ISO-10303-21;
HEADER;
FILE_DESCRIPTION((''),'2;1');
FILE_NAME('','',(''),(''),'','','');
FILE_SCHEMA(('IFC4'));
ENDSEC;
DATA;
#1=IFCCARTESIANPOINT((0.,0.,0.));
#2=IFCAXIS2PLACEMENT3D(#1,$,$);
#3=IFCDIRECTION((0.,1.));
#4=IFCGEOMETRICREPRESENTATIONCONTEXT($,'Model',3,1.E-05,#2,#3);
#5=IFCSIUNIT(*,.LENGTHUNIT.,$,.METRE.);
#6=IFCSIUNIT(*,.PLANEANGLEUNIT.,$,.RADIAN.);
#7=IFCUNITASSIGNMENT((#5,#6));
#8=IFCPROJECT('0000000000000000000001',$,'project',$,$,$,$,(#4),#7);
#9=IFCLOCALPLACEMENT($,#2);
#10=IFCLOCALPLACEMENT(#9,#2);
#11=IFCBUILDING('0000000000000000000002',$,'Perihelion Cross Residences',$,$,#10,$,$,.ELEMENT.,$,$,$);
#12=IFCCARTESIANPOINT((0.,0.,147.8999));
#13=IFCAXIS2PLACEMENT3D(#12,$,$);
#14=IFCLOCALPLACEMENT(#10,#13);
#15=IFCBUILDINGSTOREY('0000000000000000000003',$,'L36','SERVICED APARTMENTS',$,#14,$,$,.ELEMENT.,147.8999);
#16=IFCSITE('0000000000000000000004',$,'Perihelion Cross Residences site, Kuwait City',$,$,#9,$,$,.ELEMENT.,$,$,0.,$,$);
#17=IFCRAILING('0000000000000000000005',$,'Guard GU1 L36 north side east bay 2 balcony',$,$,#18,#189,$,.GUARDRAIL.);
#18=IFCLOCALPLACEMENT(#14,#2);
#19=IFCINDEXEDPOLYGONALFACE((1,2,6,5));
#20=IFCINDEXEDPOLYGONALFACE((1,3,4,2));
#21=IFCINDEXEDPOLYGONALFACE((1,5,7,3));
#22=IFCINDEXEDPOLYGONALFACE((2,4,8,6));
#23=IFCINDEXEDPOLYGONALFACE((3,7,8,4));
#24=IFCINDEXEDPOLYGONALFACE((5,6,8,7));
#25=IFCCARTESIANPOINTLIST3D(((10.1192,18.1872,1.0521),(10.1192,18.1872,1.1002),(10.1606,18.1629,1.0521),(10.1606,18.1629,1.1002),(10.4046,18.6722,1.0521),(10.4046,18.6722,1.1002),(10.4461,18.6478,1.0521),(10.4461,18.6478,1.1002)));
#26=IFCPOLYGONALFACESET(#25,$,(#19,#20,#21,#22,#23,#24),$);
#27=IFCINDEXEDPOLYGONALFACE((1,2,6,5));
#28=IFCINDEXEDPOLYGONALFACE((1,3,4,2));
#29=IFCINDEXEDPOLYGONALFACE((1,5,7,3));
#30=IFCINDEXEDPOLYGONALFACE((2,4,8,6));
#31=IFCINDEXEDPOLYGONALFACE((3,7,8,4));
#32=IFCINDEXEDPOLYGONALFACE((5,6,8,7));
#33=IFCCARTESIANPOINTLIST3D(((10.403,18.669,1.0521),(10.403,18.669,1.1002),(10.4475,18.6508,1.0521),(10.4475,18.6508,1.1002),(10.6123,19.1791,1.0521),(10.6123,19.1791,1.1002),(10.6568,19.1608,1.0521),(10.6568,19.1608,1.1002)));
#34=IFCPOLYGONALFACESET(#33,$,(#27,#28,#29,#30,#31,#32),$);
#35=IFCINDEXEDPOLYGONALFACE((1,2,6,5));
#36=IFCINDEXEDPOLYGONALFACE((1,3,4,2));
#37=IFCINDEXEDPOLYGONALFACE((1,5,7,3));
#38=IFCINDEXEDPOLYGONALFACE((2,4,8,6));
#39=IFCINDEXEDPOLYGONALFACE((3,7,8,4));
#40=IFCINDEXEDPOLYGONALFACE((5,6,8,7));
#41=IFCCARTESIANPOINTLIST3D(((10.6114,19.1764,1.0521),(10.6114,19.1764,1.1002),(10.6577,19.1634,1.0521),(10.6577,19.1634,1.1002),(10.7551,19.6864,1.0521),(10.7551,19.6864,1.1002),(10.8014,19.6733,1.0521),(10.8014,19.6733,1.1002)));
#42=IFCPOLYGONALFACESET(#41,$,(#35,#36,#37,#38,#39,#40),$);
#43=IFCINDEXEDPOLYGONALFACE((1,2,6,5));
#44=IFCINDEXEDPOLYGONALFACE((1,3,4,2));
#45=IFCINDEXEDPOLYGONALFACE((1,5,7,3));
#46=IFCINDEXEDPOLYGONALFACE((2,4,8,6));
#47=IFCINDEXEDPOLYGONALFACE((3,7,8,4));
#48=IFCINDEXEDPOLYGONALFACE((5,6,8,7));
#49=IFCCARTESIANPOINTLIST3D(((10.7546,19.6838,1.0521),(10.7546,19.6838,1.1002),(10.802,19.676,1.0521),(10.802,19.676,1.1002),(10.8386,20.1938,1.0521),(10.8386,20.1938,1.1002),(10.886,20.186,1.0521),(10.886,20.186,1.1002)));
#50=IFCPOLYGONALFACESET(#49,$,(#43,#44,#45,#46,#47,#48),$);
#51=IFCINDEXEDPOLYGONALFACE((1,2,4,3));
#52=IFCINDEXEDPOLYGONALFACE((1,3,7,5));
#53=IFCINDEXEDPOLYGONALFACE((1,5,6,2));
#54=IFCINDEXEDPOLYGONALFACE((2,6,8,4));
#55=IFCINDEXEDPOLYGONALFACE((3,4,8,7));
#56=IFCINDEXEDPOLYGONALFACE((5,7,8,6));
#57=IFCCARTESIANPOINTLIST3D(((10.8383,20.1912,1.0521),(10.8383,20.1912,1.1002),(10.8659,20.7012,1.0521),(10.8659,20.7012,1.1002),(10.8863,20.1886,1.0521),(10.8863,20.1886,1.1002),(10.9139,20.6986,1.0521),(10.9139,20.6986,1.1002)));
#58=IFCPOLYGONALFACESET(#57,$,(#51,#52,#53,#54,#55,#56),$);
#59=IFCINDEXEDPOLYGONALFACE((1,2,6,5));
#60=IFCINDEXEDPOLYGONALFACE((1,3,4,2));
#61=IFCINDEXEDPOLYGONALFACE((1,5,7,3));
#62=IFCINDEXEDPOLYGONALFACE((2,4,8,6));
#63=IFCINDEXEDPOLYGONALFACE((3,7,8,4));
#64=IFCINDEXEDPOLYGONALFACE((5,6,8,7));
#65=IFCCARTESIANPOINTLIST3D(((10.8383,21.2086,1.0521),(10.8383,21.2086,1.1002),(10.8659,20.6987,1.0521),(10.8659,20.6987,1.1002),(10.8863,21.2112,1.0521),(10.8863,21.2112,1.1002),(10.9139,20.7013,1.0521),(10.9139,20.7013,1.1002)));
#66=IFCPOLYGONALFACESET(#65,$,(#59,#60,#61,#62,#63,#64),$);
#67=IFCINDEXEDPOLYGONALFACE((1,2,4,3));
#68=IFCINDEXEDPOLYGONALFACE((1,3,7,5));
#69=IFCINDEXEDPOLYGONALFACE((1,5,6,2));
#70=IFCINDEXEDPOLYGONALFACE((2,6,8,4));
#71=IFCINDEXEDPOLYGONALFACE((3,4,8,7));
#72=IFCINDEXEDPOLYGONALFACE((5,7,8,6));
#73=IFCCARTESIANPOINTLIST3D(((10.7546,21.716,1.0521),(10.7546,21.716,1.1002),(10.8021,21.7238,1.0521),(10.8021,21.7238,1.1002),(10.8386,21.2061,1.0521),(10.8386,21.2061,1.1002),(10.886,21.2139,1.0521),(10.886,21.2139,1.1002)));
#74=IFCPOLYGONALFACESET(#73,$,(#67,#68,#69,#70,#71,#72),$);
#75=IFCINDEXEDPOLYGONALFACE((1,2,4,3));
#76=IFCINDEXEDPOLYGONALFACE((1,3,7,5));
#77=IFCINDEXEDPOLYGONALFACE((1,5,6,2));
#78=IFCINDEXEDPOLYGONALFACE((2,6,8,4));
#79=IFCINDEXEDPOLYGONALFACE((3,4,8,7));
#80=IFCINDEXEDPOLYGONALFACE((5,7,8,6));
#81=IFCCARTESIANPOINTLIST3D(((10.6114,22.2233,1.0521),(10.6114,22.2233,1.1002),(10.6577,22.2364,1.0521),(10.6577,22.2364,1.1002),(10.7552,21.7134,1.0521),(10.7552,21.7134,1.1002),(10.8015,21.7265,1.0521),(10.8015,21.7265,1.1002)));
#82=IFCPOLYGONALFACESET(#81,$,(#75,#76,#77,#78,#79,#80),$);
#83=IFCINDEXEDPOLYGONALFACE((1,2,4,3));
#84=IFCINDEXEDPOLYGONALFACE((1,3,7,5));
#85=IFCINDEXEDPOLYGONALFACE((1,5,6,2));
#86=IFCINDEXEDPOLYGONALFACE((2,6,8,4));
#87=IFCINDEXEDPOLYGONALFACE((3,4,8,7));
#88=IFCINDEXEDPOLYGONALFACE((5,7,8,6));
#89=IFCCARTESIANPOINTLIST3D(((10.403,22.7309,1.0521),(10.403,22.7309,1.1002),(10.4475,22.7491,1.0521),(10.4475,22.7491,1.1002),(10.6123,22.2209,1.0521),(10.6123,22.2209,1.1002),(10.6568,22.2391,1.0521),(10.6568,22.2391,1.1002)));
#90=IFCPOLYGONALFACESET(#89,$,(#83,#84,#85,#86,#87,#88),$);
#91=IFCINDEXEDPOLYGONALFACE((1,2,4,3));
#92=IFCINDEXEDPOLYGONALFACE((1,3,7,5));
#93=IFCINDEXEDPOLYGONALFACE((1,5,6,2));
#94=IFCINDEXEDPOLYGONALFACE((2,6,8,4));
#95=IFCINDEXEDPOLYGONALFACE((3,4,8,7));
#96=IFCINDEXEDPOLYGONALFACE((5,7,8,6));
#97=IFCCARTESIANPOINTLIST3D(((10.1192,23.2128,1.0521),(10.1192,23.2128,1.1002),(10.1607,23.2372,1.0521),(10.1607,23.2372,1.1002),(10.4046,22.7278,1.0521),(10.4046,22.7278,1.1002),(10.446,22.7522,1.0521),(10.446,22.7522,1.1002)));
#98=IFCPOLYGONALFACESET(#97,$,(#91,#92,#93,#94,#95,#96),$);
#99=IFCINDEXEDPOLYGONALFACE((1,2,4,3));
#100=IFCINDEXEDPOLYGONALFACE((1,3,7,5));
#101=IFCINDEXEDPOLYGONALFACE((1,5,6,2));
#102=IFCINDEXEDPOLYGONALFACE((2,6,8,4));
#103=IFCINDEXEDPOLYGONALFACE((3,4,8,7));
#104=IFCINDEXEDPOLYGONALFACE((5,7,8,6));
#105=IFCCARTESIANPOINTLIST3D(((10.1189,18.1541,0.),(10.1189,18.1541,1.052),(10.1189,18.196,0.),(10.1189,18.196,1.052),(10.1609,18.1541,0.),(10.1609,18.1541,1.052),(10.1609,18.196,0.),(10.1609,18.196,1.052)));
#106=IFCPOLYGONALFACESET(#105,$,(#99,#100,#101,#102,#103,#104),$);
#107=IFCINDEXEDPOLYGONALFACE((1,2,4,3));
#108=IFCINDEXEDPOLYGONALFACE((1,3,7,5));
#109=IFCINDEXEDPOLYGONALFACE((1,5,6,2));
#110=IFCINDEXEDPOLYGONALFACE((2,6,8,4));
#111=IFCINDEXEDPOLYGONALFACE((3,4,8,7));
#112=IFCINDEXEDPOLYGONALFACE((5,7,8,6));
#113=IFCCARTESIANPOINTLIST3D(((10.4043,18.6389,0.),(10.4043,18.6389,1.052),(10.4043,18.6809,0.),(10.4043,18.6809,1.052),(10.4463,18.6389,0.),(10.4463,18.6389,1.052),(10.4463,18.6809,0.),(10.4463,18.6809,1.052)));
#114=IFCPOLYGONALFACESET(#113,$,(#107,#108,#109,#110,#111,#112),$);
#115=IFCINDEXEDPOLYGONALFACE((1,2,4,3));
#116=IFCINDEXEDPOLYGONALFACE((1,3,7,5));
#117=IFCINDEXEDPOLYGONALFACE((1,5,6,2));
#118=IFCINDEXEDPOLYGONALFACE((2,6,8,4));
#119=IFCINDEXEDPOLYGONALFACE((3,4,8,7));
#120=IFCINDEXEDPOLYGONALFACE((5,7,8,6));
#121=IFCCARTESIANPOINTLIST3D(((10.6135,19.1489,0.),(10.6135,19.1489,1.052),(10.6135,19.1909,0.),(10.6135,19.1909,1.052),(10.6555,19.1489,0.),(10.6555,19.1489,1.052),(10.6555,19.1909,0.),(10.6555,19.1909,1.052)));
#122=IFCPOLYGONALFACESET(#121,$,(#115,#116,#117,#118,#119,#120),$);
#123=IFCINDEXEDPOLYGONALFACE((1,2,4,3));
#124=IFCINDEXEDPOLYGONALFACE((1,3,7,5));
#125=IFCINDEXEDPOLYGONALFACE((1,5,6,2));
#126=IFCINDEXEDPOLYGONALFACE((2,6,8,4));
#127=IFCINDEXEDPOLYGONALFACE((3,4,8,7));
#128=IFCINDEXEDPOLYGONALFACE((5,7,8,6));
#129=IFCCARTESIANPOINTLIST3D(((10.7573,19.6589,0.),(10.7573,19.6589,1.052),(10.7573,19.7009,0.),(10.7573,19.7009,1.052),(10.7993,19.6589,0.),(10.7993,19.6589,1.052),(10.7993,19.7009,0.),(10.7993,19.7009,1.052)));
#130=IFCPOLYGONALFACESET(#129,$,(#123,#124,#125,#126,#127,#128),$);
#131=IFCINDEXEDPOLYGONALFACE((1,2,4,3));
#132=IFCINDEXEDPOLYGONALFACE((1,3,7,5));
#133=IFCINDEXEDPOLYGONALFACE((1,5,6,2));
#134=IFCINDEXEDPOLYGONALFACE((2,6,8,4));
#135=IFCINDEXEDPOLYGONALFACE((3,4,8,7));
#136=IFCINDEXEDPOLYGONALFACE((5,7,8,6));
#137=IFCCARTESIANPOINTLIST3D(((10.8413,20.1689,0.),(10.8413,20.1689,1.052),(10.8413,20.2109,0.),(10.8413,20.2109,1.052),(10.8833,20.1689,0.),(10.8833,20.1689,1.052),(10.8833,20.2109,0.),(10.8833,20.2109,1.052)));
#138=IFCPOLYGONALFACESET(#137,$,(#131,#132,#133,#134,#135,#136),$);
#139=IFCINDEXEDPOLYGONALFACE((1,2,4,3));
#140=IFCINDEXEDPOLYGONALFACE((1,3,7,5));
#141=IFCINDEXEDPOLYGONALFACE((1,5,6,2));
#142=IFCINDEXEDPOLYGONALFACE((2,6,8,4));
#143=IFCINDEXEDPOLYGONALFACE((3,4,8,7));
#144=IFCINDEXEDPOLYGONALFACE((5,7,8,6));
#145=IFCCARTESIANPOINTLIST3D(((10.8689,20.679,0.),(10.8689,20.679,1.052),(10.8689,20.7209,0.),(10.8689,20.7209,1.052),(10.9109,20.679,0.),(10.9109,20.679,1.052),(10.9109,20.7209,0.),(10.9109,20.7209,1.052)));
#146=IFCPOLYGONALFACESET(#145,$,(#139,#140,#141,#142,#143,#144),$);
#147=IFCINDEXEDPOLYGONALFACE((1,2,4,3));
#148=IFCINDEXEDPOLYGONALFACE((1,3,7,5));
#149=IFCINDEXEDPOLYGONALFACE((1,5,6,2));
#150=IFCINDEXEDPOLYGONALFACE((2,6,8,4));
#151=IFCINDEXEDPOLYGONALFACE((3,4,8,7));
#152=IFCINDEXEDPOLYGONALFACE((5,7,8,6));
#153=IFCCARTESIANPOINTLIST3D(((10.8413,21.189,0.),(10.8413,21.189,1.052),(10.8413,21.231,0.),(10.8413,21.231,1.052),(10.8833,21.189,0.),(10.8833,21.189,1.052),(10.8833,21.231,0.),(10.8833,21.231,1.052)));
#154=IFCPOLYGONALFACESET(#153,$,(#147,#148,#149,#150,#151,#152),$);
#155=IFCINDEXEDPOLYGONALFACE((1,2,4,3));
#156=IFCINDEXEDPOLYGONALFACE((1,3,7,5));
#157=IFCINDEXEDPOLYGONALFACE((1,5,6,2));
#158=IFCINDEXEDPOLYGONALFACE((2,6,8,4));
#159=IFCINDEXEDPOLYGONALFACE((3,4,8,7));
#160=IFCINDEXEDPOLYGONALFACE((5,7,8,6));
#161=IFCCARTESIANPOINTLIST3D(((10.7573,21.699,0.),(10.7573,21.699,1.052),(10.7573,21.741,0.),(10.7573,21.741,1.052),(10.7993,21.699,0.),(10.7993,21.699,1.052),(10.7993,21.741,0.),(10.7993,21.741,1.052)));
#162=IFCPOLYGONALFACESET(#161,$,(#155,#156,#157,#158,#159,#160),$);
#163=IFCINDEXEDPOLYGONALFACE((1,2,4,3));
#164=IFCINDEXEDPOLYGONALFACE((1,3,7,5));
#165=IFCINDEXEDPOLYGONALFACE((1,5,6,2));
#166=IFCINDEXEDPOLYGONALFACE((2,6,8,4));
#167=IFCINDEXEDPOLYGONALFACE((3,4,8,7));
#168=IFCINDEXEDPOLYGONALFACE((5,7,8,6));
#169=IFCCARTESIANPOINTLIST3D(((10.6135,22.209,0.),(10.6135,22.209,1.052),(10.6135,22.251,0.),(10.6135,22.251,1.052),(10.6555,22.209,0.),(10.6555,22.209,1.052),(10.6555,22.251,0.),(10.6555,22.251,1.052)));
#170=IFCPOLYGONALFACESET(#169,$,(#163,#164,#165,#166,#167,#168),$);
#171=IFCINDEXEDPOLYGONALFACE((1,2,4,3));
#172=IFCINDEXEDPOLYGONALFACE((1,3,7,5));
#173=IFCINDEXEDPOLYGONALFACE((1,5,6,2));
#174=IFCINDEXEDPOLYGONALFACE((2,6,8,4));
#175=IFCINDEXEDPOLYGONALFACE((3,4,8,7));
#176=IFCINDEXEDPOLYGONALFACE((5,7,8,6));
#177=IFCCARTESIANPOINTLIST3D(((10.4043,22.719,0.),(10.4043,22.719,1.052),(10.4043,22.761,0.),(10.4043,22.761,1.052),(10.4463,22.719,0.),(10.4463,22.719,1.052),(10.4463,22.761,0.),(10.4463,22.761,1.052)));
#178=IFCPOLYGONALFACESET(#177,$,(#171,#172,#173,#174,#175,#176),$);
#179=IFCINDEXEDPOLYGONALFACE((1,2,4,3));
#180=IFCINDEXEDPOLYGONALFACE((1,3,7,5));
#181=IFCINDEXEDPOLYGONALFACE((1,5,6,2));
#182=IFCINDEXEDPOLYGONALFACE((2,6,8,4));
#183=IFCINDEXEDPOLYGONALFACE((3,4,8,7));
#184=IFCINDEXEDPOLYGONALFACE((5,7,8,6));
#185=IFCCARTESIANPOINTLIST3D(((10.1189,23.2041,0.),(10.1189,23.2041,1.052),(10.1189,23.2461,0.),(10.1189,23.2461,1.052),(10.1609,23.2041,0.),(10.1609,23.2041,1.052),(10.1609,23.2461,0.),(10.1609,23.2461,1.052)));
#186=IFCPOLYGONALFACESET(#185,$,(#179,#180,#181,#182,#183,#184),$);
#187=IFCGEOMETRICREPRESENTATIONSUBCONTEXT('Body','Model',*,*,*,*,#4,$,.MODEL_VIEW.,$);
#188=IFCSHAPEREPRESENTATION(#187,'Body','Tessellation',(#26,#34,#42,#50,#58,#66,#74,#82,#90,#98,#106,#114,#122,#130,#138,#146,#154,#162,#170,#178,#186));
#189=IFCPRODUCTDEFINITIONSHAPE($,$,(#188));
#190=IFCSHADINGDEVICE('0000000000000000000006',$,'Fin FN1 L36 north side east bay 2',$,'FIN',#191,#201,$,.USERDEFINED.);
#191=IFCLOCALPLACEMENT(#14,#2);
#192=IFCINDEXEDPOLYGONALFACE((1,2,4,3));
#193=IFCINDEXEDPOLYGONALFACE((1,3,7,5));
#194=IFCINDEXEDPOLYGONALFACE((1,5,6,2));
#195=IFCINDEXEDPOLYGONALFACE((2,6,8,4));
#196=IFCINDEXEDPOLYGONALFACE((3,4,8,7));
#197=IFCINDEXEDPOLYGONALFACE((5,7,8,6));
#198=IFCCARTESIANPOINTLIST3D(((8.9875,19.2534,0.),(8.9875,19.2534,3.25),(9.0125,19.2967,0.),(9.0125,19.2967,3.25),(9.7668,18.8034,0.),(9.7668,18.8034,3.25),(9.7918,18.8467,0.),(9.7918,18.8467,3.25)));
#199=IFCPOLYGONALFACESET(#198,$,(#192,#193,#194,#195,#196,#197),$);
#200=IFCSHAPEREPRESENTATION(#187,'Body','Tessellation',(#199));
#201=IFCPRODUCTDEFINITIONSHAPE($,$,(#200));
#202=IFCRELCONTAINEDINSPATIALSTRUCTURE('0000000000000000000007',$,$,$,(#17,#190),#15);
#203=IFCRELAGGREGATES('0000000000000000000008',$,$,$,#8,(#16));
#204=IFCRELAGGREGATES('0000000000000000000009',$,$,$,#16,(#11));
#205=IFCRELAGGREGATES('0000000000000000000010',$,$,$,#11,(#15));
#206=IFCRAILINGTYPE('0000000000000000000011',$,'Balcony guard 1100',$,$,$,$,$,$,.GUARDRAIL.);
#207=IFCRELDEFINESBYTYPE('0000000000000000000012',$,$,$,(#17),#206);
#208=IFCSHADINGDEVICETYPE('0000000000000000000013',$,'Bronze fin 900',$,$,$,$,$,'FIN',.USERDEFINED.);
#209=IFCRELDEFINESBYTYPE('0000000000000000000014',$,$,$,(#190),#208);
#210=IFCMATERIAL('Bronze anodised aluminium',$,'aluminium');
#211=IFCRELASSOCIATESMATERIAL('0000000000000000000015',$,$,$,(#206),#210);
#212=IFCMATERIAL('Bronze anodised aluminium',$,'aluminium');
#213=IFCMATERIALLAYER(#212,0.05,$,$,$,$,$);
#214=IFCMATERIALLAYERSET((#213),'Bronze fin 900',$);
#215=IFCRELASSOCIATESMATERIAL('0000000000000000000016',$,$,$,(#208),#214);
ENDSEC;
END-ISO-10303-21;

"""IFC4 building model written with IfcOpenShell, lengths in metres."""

from ifc_helpers import new_model, si_unit, direction, frame, origin, origin_2d, place, context, subcontext, project, spatial, rectangle, extrude, material, layer, layer_set, type_object, element, save


model = new_model("IFC4")

# Units and contexts
model_context = context("Model", 3, precision=1e-05, world=origin(), true_north=direction((0.0, 1.0)))
body_context = subcontext(model_context, "Body", "Model", "MODEL_VIEW")
ifc_project = project(units=[si_unit("LENGTHUNIT", "METRE"), si_unit("PLANEANGLEUNIT", "RADIAN")], contexts=[model_context])

# Site, building, storey
site_placement = place(None, origin())
site = spatial("IfcSite", under=ifc_project, at=site_placement, Name="Perihelion Cross Residences site, Kuwait City", CompositionType="ELEMENT", RefElevation=0.0)
building_placement = place(site_placement, origin())
building = spatial("IfcBuilding", under=site, at=building_placement, Name="Perihelion Cross Residences", CompositionType="ELEMENT")
storey_placement = place(building_placement, frame((0.0, 0.0, 147.8999)))
storey = spatial("IfcBuildingStorey", under=building, at=storey_placement, Name="L36", Description="SERVICED APARTMENTS", CompositionType="ELEMENT", Elevation=147.8999)

# Railing
ifc_material_1 = material(Name="Bronze anodised aluminium", Category="aluminium")
railing_type = type_object("IfcRailingType", Name="Balcony guard 1100", PredefinedType="GUARDRAIL", material=ifc_material_1)
railing_1_placement = place(storey_placement, frame((10.1399, 18.175, 0.0)))
element("IfcRailing", 1, at=railing_1_placement, inside=storey, type_object=railing_type, Name="Guard GU1 L36 north side east bay 2 balcony", PredefinedType="GUARDRAIL", context=body_context, shape_type="SweptSolid", body=[
    extrude(rectangle(XDim=0.0481, YDim=0.0481, at=origin_2d()), frame((0.0, 0.0, 1.0762), z_axis=(0.507267, 0.861789, 0.0), x_axis=(-0.861789, 0.507267, 0.0)), (0.0, 0.0, 1.0), 0.5627),
    extrude(rectangle(XDim=0.0481, YDim=0.0481, at=origin_2d()), frame((0.2854, 0.4849, 1.0762), z_axis=(0.379547, 0.925173, 0.0), x_axis=(-0.925173, 0.379547, 0.0)), (0.0, 0.0, 1.0), 0.5513),
    extrude(rectangle(XDim=0.0481, YDim=0.0481, at=origin_2d()), frame((0.4946, 0.9949, 1.0762), z_axis=(0.271373, 0.962474, 0.0), x_axis=(-0.962474, 0.271373, 0.0)), (0.0, 0.0, 1.0), 0.5298),
    extrude(rectangle(XDim=0.0481, YDim=0.0481, at=origin_2d()), frame((0.6384, 1.5049, 1.0762), z_axis=(0.162484, 0.986711, 0.0), x_axis=(-0.986711, 0.162484, 0.0)), (0.0, 0.0, 1.0), 0.5168),
    extrude(rectangle(XDim=0.0481, YDim=0.0481, at=origin_2d()), frame((0.7224, 2.0149, 1.0762), z_axis=(0.054014, 0.99854, 0.0), x_axis=(-0.99854, 0.054014, 0.0)), (0.0, 0.0, 1.0), 0.5107),
    extrude(rectangle(XDim=0.0481, YDim=0.0481, at=origin_2d()), frame((0.75, 2.5249, 1.0762), z_axis=(-0.054014, 0.99854, 0.0), x_axis=(-0.99854, -0.054014, 0.0)), (0.0, 0.0, 1.0), 0.5107),
    extrude(rectangle(XDim=0.0481, YDim=0.0481, at=origin_2d()), frame((0.7224, 3.0349, 1.0762), z_axis=(-0.162484, 0.986711, 0.0), x_axis=(-0.986711, -0.162484, 0.0)), (0.0, 0.0, 1.0), 0.5168),
    extrude(rectangle(XDim=0.0481, YDim=0.0481, at=origin_2d()), frame((0.6384, 3.5449, 1.0762), z_axis=(-0.271373, 0.962474, 0.0), x_axis=(-0.962474, -0.271373, 0.0)), (0.0, 0.0, 1.0), 0.5298),
    extrude(rectangle(XDim=0.0481, YDim=0.0481, at=origin_2d()), frame((0.4946, 4.0549, 1.0762), z_axis=(-0.379547, 0.925173, 0.0), x_axis=(-0.925173, -0.379547, 0.0)), (0.0, 0.0, 1.0), 0.5513),
    extrude(rectangle(XDim=0.0481, YDim=0.0481, at=origin_2d()), frame((0.2854, 4.5649, 1.0762), z_axis=(-0.507077, 0.861901, 0.0), x_axis=(-0.861901, -0.507077, 0.0)), (0.0, 0.0, 1.0), 0.5627),
    extrude(rectangle(XDim=0.042, YDim=0.042, at=origin_2d()), origin(), (0.0, 0.0, 1.0), 1.052),
    extrude(rectangle(XDim=0.042, YDim=0.042, at=origin_2d()), frame((0.2854, 0.4849, 0.0)), (0.0, 0.0, 1.0), 1.052),
    extrude(rectangle(XDim=0.042, YDim=0.042, at=origin_2d()), frame((0.4946, 0.9949, 0.0)), (0.0, 0.0, 1.0), 1.052),
    extrude(rectangle(XDim=0.042, YDim=0.042, at=origin_2d()), frame((0.6384, 1.5049, 0.0)), (0.0, 0.0, 1.0), 1.052),
    extrude(rectangle(XDim=0.042, YDim=0.042, at=origin_2d()), frame((0.7224, 2.0149, 0.0)), (0.0, 0.0, 1.0), 1.052),
    extrude(rectangle(XDim=0.042, YDim=0.042, at=origin_2d()), frame((0.75, 2.5249, 0.0)), (0.0, 0.0, 1.0), 1.052),
    extrude(rectangle(XDim=0.042, YDim=0.042, at=origin_2d()), frame((0.7224, 3.0349, 0.0)), (0.0, 0.0, 1.0), 1.052),
    extrude(rectangle(XDim=0.042, YDim=0.042, at=origin_2d()), frame((0.6384, 3.5449, 0.0)), (0.0, 0.0, 1.0), 1.052),
    extrude(rectangle(XDim=0.042, YDim=0.042, at=origin_2d()), frame((0.4946, 4.0549, 0.0)), (0.0, 0.0, 1.0), 1.052),
    extrude(rectangle(XDim=0.042, YDim=0.042, at=origin_2d()), frame((0.2854, 4.5649, 0.0)), (0.0, 0.0, 1.0), 1.052),
    extrude(rectangle(XDim=0.042, YDim=0.042, at=origin_2d()), frame((0.0, 5.05, 0.0)), (0.0, 0.0, 1.0), 1.052),
])

# Shading device
ifc_material_2 = material(Name="Bronze anodised aluminium", Category="aluminium")
ifc_layer_1 = layer(ifc_material_2, 0.05)
ifc_layer_set_1 = layer_set([ifc_layer_1], Name="Bronze fin 900")
shading_device_type = type_object("IfcShadingDeviceType", Name="Bronze fin 900", ElementType="FIN", PredefinedType="USERDEFINED", material=ifc_layer_set_1)
shading_device_placement = place(storey_placement, frame((9.3896, 19.05, 0.0), z_axis=(0.0, 0.0, 1.0), x_axis=(0.866025, -0.5, 0.0)))
element("IfcShadingDevice", 2, at=shading_device_placement, inside=storey, type_object=shading_device_type, Name="Fin FN1 L36 north side east bay 2", ObjectType="FIN", PredefinedType="USERDEFINED", context=body_context, shape_type="SweptSolid", body=[
    extrude(rectangle(XDim=0.8999, YDim=0.05, at=origin_2d()), origin(), (0.0, 0.0, 1.0), 3.25),
])

save(model, "model.ifc")
